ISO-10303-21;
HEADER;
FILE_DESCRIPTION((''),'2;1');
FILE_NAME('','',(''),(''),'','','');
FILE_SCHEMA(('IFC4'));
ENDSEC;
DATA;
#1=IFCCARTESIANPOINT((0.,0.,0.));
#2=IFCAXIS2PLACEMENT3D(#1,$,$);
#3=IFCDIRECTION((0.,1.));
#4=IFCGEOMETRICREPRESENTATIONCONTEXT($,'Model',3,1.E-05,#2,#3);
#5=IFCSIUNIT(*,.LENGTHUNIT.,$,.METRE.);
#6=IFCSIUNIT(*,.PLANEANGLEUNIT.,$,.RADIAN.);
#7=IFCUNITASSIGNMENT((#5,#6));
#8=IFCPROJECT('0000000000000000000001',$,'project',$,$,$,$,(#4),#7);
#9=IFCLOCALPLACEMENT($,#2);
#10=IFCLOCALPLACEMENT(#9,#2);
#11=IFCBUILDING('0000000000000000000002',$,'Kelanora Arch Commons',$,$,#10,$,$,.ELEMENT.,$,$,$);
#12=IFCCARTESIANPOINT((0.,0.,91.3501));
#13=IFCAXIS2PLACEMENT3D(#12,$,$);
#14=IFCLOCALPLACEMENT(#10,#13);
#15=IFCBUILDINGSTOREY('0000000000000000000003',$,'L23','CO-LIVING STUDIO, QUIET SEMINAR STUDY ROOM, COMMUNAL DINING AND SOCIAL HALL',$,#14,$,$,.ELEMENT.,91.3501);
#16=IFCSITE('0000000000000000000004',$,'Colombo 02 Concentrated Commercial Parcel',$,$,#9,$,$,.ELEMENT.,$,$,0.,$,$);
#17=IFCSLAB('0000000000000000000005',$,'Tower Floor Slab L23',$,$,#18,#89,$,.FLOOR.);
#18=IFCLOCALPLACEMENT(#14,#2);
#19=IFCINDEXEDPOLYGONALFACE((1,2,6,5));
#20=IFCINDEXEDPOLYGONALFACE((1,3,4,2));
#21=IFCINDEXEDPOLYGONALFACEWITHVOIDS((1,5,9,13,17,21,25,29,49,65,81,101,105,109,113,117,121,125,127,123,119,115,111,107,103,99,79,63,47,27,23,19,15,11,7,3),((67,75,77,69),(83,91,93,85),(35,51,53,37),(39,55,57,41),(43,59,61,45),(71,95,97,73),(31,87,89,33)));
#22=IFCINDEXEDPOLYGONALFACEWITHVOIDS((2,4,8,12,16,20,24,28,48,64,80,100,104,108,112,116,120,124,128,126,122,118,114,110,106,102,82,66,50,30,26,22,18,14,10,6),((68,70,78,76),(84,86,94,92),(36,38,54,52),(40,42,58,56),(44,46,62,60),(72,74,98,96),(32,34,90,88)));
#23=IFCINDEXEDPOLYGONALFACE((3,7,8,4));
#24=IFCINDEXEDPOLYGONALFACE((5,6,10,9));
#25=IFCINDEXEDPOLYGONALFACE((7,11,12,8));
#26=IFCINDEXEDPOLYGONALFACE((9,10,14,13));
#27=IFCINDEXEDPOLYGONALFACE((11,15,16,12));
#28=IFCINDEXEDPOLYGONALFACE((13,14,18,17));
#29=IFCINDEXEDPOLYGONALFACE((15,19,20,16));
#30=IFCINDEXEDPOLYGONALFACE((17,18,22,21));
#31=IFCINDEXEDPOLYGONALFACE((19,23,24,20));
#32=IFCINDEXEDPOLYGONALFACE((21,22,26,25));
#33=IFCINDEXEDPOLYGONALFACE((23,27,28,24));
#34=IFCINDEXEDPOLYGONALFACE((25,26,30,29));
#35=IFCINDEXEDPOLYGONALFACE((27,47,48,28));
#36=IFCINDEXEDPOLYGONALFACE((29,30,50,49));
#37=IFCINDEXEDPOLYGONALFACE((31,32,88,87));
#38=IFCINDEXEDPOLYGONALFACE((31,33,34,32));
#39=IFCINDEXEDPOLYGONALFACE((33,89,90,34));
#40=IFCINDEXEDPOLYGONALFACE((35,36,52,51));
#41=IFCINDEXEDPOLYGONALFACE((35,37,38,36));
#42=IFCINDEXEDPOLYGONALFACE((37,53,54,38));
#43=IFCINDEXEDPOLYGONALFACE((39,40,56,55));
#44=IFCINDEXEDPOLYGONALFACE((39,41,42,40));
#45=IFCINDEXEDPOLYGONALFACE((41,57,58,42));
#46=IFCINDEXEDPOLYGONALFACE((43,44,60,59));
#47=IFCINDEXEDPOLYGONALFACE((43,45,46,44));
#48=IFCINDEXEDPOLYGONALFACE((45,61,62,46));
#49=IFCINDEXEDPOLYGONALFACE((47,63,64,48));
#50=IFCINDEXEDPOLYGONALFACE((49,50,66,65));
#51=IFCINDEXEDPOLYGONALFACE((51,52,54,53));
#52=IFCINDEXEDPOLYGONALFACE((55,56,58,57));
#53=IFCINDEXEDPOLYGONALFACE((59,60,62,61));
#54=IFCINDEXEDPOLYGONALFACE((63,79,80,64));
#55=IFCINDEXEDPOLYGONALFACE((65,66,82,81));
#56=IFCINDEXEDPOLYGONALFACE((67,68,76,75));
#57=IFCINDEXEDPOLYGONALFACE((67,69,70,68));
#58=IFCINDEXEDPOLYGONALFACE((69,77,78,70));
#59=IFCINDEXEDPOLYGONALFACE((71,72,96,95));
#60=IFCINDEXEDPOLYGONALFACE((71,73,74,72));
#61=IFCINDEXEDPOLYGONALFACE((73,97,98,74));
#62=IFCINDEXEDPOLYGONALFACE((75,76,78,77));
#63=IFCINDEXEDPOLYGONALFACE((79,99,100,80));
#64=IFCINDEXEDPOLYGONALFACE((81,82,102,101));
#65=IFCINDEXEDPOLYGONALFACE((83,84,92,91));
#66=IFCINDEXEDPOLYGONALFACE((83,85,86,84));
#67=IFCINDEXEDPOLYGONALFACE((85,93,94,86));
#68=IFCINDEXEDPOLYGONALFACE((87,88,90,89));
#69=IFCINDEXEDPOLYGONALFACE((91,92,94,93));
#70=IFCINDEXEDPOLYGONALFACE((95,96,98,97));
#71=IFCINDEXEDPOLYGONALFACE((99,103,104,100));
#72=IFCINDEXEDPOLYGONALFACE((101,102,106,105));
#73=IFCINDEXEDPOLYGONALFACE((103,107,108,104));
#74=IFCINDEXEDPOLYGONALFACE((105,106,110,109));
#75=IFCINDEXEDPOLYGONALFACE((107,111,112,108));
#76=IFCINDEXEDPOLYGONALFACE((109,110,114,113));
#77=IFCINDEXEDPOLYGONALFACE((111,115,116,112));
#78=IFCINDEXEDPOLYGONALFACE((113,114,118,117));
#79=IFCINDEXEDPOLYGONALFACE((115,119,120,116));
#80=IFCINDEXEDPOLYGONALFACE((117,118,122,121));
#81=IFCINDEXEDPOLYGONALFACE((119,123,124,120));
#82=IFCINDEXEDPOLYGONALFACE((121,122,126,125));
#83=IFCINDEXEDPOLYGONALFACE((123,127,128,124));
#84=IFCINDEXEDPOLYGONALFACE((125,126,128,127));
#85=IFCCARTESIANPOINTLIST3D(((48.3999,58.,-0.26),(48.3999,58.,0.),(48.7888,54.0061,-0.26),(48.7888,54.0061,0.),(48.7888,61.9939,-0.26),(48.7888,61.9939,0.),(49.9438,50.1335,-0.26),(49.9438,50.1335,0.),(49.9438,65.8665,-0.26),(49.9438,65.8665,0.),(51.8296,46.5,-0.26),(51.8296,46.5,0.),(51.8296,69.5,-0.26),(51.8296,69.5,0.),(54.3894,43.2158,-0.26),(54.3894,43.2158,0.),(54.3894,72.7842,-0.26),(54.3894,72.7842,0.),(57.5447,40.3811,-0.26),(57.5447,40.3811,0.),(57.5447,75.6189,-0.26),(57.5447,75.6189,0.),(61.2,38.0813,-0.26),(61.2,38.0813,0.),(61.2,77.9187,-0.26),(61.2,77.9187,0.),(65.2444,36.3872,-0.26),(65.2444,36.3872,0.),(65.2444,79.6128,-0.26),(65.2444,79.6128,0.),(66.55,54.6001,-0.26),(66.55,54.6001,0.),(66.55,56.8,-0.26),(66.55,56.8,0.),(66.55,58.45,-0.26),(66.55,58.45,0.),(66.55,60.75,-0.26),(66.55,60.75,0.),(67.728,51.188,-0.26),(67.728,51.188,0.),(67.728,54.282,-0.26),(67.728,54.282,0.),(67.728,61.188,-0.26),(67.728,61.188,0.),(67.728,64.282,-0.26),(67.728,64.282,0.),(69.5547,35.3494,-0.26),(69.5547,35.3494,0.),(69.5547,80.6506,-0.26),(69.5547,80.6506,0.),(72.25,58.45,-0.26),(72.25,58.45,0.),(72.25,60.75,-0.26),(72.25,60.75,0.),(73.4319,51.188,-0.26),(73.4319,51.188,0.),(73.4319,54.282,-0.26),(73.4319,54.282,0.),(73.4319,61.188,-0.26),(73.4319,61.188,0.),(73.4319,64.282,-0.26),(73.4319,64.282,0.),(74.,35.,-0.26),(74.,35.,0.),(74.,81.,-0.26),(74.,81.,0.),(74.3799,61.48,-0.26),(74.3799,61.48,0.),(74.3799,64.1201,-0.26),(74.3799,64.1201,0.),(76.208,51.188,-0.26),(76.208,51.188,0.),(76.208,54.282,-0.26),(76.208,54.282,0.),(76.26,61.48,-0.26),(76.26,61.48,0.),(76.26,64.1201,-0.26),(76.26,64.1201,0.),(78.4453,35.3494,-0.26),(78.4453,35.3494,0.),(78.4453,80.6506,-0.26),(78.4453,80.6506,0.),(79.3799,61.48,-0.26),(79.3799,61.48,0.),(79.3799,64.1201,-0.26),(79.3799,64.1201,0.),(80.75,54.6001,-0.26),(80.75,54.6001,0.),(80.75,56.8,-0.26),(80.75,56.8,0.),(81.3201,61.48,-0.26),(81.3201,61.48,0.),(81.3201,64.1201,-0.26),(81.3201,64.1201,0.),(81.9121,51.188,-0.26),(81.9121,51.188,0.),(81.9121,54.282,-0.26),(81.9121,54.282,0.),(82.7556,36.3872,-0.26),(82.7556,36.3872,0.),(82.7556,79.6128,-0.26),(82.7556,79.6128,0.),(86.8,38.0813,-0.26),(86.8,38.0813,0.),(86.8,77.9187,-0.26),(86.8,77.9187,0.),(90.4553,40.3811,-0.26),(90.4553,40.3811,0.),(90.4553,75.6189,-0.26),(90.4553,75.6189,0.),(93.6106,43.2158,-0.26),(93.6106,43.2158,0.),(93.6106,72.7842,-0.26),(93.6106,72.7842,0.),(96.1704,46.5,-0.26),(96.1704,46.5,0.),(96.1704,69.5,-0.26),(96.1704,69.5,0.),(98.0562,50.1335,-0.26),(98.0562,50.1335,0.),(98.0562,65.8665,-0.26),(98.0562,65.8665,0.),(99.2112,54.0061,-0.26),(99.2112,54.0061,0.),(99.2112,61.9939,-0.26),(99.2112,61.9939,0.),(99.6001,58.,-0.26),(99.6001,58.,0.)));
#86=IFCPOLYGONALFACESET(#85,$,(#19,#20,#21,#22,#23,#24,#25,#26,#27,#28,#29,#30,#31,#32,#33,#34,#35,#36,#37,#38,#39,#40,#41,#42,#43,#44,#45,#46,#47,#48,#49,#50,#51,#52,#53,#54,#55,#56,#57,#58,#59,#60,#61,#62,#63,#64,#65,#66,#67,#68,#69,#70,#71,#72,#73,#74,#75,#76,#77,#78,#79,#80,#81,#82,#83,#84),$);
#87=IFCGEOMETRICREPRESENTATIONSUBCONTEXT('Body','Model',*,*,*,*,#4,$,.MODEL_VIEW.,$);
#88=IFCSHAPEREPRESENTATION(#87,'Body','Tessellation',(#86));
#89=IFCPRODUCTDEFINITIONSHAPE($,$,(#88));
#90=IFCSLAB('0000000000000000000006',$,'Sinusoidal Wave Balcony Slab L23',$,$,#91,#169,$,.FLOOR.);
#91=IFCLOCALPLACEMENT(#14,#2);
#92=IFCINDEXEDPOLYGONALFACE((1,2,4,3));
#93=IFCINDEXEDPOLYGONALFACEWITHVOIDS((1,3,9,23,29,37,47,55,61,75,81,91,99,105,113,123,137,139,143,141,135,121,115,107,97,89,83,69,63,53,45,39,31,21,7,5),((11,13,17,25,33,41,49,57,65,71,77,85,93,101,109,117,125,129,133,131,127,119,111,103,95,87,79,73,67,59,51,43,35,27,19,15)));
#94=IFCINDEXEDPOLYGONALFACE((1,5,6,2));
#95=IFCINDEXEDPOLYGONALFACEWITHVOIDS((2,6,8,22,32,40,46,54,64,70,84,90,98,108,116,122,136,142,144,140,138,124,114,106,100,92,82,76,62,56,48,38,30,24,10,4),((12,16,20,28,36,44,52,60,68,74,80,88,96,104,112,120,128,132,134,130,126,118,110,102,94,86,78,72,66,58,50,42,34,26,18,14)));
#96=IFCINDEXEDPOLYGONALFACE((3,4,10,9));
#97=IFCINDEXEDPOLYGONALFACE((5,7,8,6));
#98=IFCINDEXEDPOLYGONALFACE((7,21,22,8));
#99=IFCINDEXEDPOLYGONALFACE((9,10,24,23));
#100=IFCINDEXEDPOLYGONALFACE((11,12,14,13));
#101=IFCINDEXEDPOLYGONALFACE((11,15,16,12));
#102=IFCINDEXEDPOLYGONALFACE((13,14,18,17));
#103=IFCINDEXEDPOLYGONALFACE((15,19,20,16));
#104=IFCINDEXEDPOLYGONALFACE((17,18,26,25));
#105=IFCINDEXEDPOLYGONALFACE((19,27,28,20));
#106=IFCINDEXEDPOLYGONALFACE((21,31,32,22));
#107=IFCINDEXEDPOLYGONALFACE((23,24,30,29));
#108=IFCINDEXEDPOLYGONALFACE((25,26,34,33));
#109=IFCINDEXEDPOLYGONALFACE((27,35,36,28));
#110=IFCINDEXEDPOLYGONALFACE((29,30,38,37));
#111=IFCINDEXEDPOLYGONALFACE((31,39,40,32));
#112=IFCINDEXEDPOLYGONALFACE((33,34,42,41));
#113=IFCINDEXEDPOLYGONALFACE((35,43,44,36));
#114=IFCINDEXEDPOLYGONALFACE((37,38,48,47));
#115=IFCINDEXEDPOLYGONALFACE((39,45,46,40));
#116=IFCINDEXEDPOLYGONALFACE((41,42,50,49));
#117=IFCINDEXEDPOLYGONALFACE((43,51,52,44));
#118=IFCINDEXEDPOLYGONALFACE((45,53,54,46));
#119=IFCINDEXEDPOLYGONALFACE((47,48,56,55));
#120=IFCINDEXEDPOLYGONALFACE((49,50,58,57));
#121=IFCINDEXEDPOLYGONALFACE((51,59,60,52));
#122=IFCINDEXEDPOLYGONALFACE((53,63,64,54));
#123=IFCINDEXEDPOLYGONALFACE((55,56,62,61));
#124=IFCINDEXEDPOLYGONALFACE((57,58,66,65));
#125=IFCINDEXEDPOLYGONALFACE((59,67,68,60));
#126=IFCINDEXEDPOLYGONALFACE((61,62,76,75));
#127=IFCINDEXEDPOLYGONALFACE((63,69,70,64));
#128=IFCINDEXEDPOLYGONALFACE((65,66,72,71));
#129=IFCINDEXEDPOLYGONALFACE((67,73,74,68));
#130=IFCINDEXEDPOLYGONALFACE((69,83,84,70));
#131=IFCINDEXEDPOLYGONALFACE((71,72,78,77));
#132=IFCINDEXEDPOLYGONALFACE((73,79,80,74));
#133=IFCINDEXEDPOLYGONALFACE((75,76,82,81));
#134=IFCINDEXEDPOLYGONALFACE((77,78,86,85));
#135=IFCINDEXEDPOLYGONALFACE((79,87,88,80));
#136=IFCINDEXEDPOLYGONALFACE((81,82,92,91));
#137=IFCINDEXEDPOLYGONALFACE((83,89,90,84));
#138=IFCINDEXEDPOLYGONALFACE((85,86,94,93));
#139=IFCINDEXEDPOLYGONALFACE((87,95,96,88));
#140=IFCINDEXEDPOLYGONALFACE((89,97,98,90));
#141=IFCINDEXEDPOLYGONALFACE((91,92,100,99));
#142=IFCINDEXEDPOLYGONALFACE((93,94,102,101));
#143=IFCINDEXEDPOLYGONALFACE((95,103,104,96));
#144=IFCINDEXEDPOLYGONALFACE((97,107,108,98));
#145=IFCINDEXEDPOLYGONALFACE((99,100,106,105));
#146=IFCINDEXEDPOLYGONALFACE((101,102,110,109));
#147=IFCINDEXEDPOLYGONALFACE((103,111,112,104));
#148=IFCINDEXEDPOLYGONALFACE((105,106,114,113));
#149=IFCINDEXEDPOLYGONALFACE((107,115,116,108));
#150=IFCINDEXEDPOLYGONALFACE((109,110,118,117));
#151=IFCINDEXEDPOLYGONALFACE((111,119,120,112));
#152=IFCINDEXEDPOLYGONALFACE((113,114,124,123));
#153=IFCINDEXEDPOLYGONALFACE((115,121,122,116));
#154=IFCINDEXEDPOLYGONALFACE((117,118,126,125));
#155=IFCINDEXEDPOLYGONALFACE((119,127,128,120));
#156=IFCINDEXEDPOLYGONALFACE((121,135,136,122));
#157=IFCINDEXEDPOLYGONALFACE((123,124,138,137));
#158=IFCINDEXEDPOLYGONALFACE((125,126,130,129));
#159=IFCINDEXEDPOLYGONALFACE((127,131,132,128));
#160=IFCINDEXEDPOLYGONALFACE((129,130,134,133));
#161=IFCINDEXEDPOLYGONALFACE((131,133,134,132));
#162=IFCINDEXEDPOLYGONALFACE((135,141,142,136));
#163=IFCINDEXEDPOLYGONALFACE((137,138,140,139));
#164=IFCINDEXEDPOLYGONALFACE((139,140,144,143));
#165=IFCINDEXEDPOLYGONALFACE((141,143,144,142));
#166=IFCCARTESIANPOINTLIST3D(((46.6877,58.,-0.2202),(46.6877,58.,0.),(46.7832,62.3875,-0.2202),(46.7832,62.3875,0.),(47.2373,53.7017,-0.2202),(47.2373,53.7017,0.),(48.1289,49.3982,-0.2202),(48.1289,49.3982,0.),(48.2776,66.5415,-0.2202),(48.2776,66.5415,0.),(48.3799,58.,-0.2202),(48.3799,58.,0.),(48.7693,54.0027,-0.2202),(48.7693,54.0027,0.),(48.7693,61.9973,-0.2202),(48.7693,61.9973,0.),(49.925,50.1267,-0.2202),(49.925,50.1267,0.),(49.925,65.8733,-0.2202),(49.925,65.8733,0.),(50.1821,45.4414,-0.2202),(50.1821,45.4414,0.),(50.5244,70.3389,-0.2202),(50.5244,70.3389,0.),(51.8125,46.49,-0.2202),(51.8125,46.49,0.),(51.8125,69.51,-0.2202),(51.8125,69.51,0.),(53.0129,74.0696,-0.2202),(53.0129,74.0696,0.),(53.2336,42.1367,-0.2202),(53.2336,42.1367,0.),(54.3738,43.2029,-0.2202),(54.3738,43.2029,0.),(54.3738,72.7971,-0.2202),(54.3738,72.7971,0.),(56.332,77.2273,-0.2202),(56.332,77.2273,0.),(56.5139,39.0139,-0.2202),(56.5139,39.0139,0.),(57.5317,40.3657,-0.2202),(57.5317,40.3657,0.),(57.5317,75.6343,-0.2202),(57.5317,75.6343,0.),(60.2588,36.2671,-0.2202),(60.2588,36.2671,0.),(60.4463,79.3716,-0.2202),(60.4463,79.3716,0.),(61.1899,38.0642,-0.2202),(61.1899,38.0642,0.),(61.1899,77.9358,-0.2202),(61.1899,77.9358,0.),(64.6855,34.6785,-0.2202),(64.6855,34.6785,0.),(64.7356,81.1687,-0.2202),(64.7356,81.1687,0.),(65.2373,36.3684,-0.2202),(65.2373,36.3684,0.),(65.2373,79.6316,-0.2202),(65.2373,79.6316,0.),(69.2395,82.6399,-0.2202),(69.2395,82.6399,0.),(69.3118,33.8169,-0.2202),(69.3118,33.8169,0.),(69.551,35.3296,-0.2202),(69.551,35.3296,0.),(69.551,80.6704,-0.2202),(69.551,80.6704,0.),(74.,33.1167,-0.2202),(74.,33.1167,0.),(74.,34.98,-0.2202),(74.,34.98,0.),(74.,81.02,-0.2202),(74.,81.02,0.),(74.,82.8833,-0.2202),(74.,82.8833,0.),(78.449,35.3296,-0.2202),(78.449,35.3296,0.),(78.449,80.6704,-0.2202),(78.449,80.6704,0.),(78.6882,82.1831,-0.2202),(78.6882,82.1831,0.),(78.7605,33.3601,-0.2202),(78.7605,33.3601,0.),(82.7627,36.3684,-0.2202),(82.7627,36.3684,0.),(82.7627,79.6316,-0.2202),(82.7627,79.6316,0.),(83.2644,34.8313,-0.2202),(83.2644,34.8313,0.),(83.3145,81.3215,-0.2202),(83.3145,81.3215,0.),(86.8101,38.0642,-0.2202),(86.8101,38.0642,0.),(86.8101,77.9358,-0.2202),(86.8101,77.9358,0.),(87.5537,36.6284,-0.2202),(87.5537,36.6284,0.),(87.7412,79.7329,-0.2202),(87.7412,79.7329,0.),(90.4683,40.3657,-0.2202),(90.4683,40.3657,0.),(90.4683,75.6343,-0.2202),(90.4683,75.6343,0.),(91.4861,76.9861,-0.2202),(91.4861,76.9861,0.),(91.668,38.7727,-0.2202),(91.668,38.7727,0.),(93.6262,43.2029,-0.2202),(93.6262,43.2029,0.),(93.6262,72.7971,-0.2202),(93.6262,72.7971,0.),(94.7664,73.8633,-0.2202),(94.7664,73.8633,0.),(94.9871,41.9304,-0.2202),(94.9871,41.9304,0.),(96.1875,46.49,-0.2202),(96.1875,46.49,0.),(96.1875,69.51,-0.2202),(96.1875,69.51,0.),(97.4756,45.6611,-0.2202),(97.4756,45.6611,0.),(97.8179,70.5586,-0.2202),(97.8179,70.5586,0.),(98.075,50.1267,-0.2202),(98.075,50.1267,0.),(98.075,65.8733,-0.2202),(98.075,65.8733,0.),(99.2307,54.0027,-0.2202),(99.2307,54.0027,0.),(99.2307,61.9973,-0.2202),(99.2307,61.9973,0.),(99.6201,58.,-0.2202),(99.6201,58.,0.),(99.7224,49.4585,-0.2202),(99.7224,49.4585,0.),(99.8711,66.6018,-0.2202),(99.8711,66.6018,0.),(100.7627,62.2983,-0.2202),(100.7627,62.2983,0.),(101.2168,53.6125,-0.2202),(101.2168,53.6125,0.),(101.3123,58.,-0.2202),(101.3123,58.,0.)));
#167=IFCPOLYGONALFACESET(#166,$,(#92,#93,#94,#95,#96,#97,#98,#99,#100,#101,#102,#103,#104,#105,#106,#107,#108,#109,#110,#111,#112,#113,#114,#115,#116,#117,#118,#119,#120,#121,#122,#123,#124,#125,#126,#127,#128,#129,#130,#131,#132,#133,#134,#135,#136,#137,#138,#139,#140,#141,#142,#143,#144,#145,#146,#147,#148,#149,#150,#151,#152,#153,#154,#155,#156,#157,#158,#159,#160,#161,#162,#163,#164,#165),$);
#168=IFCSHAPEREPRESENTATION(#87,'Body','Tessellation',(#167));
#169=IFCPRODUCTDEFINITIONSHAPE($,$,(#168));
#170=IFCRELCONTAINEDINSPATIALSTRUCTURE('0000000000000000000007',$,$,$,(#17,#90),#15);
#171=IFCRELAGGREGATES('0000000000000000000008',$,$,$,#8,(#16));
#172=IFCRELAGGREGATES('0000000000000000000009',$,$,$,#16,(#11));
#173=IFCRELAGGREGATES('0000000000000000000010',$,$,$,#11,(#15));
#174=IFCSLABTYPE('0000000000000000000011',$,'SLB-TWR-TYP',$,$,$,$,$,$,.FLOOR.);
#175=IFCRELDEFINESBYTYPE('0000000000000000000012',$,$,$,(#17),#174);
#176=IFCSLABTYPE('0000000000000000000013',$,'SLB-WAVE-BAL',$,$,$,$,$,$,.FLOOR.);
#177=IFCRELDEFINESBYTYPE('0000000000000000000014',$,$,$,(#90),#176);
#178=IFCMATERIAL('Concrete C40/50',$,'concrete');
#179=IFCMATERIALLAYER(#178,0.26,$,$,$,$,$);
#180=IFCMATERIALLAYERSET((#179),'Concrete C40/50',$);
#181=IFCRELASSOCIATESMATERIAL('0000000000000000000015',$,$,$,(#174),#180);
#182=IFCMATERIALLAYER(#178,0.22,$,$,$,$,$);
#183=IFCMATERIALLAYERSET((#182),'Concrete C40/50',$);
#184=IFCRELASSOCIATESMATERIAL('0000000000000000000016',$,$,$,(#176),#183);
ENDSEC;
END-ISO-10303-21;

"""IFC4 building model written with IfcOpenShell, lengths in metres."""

from ifc_helpers import new_model, si_unit, direction, frame, origin, place, context, subcontext, project, spatial, polyline, outline, extrude, material, layer, layer_set, type_object, element, save


model = new_model("IFC4")

# Units and contexts
model_context = context("Model", 3, precision=1e-05, world=origin(), true_north=direction((0.0, 1.0)))
body_context = subcontext(model_context, "Body", "Model", "MODEL_VIEW")
ifc_project = project(units=[si_unit("LENGTHUNIT", "METRE"), si_unit("PLANEANGLEUNIT", "RADIAN")], contexts=[model_context])

# Site, building, storey
site_placement = place(None, origin())
site = spatial("IfcSite", under=ifc_project, at=site_placement, Name="Colombo 02 Concentrated Commercial Parcel", CompositionType="ELEMENT", RefElevation=0.0)
building_placement = place(site_placement, origin())
building = spatial("IfcBuilding", under=site, at=building_placement, Name="Kelanora Arch Commons", CompositionType="ELEMENT")
storey_placement = place(building_placement, frame((0.0, 0.0, 91.3501)))
storey = spatial("IfcBuildingStorey", under=building, at=storey_placement, Name="L23", Description="CO-LIVING STUDIO, QUIET SEMINAR STUDY ROOM, COMMUNAL DINING AND SOCIAL HALL", CompositionType="ELEMENT", Elevation=91.3501)

# Shared definitions
ifc_material_1 = material(Name="Concrete C40/50", Category="concrete")

# Slabs
ifc_layer_1 = layer(ifc_material_1, 0.26)
ifc_layer_set_1 = layer_set([ifc_layer_1], Name="Concrete C40/50")
slab_type_1 = type_object("IfcSlabType", Name="SLB-TWR-TYP", PredefinedType="FLOOR", material=ifc_layer_set_1)
slab_1_placement = place(storey_placement, frame((0.0, 0.0, -0.26)))
element("IfcSlab", 1, at=slab_1_placement, inside=storey, type_object=slab_type_1, Name="Tower Floor Slab L23", PredefinedType="FLOOR", context=body_context, shape_type="SweptSolid", body=[
    extrude(outline(polyline([(99.6001, 58.0), (99.2112, 61.9939), (98.0562, 65.8665), (96.1704, 69.5), (93.6106, 72.7842), (90.4553, 75.6189), (86.8, 77.9187), (82.7556, 79.6128), (78.4453, 80.6506), (74.0, 81.0), (69.5547, 80.6506), (65.2444, 79.6128), (61.2, 77.9187), (57.5447, 75.6189), (54.3894, 72.7842), (51.8296, 69.5), (49.9438, 65.8665), (48.7888, 61.9939), (48.3999, 58.0), (48.7888, 54.0061), (49.9438, 50.1335), (51.8296, 46.5), (54.3894, 43.2158), (57.5447, 40.3811), (61.2, 38.0813), (65.2444, 36.3872), (69.5547, 35.3494), (74.0, 35.0), (78.4453, 35.3494), (82.7556, 36.3872), (86.8, 38.0813), (90.4553, 40.3811), (93.6106, 43.2158), (96.1704, 46.5), (98.0562, 50.1335), (99.2112, 54.0061), (99.6001, 58.0)]), holes=[polyline([(73.4319, 51.188), (67.728, 51.188), (67.728, 54.282), (73.4319, 54.282), (73.4319, 51.188)]), polyline([(76.208, 51.188), (76.208, 54.282), (81.9121, 54.282), (81.9121, 51.188), (76.208, 51.188)]), polyline([(66.55, 54.6001), (66.55, 56.8), (80.75, 56.8), (80.75, 54.6001), (66.55, 54.6001)]), polyline([(66.55, 58.45), (66.55, 60.75), (72.25, 60.75), (72.25, 58.45), (66.55, 58.45)]), polyline([(67.728, 61.188), (67.728, 64.282), (73.4319, 64.282), (73.4319, 61.188), (67.728, 61.188)]), polyline([(74.3799, 61.48), (74.3799, 64.1201), (76.26, 64.1201), (76.26, 61.48), (74.3799, 61.48)]), polyline([(79.3799, 61.48), (79.3799, 64.1201), (81.3201, 64.1201), (81.3201, 61.48), (79.3799, 61.48)])]), origin(), (0.0, 0.0, 1.0), 0.26),
])
ifc_layer_2 = layer(ifc_material_1, 0.22)
ifc_layer_set_2 = layer_set([ifc_layer_2], Name="Concrete C40/50")
slab_type_2 = type_object("IfcSlabType", Name="SLB-WAVE-BAL", PredefinedType="FLOOR", material=ifc_layer_set_2)
slab_2_placement = place(storey_placement, frame((0.0, 0.0, -0.2202)))
element("IfcSlab", 2, at=slab_2_placement, inside=storey, type_object=slab_type_2, Name="Sinusoidal Wave Balcony Slab L23", PredefinedType="FLOOR", context=body_context, shape_type="SweptSolid", body=[
    extrude(outline(polyline([(101.3123, 58.0), (100.7627, 62.2983), (99.8711, 66.6018), (97.8179, 70.5586), (94.7664, 73.8633), (91.4861, 76.9861), (87.7412, 79.7329), (83.3145, 81.3215), (78.6882, 82.1831), (74.0, 82.8833), (69.2395, 82.6399), (64.7356, 81.1687), (60.4463, 79.3716), (56.332, 77.2273), (53.0129, 74.0696), (50.5244, 70.3389), (48.2776, 66.5415), (46.7832, 62.3875), (46.6877, 58.0), (47.2373, 53.7017), (48.1289, 49.3982), (50.1821, 45.4414), (53.2336, 42.1367), (56.5139, 39.0139), (60.2588, 36.2671), (64.6855, 34.6785), (69.3118, 33.8169), (74.0, 33.1167), (78.7605, 33.3601), (83.2644, 34.8313), (87.5537, 36.6284), (91.668, 38.7727), (94.9871, 41.9304), (97.4756, 45.6611), (99.7224, 49.4585), (101.2168, 53.6125), (101.3123, 58.0)]), holes=[polyline([(99.2307, 54.0027), (98.075, 50.1267), (96.1875, 46.49), (93.6262, 43.2029), (90.4683, 40.3657), (86.8101, 38.0642), (82.7627, 36.3684), (78.449, 35.3296), (74.0, 34.98), (69.551, 35.3296), (65.2373, 36.3684), (61.1899, 38.0642), (57.5317, 40.3657), (54.3738, 43.2029), (51.8125, 46.49), (49.925, 50.1267), (48.7693, 54.0027), (48.3799, 58.0), (48.7693, 61.9973), (49.925, 65.8733), (51.8125, 69.51), (54.3738, 72.7971), (57.5317, 75.6343), (61.1899, 77.9358), (65.2373, 79.6316), (69.551, 80.6704), (74.0, 81.02), (78.449, 80.6704), (82.7627, 79.6316), (86.8101, 77.9358), (90.4683, 75.6343), (93.6262, 72.7971), (96.1875, 69.51), (98.075, 65.8733), (99.2307, 61.9973), (99.6201, 58.0), (99.2307, 54.0027)])]), origin(), (0.0, 0.0, 1.0), 0.2202),
])

save(model, "model.ifc")
